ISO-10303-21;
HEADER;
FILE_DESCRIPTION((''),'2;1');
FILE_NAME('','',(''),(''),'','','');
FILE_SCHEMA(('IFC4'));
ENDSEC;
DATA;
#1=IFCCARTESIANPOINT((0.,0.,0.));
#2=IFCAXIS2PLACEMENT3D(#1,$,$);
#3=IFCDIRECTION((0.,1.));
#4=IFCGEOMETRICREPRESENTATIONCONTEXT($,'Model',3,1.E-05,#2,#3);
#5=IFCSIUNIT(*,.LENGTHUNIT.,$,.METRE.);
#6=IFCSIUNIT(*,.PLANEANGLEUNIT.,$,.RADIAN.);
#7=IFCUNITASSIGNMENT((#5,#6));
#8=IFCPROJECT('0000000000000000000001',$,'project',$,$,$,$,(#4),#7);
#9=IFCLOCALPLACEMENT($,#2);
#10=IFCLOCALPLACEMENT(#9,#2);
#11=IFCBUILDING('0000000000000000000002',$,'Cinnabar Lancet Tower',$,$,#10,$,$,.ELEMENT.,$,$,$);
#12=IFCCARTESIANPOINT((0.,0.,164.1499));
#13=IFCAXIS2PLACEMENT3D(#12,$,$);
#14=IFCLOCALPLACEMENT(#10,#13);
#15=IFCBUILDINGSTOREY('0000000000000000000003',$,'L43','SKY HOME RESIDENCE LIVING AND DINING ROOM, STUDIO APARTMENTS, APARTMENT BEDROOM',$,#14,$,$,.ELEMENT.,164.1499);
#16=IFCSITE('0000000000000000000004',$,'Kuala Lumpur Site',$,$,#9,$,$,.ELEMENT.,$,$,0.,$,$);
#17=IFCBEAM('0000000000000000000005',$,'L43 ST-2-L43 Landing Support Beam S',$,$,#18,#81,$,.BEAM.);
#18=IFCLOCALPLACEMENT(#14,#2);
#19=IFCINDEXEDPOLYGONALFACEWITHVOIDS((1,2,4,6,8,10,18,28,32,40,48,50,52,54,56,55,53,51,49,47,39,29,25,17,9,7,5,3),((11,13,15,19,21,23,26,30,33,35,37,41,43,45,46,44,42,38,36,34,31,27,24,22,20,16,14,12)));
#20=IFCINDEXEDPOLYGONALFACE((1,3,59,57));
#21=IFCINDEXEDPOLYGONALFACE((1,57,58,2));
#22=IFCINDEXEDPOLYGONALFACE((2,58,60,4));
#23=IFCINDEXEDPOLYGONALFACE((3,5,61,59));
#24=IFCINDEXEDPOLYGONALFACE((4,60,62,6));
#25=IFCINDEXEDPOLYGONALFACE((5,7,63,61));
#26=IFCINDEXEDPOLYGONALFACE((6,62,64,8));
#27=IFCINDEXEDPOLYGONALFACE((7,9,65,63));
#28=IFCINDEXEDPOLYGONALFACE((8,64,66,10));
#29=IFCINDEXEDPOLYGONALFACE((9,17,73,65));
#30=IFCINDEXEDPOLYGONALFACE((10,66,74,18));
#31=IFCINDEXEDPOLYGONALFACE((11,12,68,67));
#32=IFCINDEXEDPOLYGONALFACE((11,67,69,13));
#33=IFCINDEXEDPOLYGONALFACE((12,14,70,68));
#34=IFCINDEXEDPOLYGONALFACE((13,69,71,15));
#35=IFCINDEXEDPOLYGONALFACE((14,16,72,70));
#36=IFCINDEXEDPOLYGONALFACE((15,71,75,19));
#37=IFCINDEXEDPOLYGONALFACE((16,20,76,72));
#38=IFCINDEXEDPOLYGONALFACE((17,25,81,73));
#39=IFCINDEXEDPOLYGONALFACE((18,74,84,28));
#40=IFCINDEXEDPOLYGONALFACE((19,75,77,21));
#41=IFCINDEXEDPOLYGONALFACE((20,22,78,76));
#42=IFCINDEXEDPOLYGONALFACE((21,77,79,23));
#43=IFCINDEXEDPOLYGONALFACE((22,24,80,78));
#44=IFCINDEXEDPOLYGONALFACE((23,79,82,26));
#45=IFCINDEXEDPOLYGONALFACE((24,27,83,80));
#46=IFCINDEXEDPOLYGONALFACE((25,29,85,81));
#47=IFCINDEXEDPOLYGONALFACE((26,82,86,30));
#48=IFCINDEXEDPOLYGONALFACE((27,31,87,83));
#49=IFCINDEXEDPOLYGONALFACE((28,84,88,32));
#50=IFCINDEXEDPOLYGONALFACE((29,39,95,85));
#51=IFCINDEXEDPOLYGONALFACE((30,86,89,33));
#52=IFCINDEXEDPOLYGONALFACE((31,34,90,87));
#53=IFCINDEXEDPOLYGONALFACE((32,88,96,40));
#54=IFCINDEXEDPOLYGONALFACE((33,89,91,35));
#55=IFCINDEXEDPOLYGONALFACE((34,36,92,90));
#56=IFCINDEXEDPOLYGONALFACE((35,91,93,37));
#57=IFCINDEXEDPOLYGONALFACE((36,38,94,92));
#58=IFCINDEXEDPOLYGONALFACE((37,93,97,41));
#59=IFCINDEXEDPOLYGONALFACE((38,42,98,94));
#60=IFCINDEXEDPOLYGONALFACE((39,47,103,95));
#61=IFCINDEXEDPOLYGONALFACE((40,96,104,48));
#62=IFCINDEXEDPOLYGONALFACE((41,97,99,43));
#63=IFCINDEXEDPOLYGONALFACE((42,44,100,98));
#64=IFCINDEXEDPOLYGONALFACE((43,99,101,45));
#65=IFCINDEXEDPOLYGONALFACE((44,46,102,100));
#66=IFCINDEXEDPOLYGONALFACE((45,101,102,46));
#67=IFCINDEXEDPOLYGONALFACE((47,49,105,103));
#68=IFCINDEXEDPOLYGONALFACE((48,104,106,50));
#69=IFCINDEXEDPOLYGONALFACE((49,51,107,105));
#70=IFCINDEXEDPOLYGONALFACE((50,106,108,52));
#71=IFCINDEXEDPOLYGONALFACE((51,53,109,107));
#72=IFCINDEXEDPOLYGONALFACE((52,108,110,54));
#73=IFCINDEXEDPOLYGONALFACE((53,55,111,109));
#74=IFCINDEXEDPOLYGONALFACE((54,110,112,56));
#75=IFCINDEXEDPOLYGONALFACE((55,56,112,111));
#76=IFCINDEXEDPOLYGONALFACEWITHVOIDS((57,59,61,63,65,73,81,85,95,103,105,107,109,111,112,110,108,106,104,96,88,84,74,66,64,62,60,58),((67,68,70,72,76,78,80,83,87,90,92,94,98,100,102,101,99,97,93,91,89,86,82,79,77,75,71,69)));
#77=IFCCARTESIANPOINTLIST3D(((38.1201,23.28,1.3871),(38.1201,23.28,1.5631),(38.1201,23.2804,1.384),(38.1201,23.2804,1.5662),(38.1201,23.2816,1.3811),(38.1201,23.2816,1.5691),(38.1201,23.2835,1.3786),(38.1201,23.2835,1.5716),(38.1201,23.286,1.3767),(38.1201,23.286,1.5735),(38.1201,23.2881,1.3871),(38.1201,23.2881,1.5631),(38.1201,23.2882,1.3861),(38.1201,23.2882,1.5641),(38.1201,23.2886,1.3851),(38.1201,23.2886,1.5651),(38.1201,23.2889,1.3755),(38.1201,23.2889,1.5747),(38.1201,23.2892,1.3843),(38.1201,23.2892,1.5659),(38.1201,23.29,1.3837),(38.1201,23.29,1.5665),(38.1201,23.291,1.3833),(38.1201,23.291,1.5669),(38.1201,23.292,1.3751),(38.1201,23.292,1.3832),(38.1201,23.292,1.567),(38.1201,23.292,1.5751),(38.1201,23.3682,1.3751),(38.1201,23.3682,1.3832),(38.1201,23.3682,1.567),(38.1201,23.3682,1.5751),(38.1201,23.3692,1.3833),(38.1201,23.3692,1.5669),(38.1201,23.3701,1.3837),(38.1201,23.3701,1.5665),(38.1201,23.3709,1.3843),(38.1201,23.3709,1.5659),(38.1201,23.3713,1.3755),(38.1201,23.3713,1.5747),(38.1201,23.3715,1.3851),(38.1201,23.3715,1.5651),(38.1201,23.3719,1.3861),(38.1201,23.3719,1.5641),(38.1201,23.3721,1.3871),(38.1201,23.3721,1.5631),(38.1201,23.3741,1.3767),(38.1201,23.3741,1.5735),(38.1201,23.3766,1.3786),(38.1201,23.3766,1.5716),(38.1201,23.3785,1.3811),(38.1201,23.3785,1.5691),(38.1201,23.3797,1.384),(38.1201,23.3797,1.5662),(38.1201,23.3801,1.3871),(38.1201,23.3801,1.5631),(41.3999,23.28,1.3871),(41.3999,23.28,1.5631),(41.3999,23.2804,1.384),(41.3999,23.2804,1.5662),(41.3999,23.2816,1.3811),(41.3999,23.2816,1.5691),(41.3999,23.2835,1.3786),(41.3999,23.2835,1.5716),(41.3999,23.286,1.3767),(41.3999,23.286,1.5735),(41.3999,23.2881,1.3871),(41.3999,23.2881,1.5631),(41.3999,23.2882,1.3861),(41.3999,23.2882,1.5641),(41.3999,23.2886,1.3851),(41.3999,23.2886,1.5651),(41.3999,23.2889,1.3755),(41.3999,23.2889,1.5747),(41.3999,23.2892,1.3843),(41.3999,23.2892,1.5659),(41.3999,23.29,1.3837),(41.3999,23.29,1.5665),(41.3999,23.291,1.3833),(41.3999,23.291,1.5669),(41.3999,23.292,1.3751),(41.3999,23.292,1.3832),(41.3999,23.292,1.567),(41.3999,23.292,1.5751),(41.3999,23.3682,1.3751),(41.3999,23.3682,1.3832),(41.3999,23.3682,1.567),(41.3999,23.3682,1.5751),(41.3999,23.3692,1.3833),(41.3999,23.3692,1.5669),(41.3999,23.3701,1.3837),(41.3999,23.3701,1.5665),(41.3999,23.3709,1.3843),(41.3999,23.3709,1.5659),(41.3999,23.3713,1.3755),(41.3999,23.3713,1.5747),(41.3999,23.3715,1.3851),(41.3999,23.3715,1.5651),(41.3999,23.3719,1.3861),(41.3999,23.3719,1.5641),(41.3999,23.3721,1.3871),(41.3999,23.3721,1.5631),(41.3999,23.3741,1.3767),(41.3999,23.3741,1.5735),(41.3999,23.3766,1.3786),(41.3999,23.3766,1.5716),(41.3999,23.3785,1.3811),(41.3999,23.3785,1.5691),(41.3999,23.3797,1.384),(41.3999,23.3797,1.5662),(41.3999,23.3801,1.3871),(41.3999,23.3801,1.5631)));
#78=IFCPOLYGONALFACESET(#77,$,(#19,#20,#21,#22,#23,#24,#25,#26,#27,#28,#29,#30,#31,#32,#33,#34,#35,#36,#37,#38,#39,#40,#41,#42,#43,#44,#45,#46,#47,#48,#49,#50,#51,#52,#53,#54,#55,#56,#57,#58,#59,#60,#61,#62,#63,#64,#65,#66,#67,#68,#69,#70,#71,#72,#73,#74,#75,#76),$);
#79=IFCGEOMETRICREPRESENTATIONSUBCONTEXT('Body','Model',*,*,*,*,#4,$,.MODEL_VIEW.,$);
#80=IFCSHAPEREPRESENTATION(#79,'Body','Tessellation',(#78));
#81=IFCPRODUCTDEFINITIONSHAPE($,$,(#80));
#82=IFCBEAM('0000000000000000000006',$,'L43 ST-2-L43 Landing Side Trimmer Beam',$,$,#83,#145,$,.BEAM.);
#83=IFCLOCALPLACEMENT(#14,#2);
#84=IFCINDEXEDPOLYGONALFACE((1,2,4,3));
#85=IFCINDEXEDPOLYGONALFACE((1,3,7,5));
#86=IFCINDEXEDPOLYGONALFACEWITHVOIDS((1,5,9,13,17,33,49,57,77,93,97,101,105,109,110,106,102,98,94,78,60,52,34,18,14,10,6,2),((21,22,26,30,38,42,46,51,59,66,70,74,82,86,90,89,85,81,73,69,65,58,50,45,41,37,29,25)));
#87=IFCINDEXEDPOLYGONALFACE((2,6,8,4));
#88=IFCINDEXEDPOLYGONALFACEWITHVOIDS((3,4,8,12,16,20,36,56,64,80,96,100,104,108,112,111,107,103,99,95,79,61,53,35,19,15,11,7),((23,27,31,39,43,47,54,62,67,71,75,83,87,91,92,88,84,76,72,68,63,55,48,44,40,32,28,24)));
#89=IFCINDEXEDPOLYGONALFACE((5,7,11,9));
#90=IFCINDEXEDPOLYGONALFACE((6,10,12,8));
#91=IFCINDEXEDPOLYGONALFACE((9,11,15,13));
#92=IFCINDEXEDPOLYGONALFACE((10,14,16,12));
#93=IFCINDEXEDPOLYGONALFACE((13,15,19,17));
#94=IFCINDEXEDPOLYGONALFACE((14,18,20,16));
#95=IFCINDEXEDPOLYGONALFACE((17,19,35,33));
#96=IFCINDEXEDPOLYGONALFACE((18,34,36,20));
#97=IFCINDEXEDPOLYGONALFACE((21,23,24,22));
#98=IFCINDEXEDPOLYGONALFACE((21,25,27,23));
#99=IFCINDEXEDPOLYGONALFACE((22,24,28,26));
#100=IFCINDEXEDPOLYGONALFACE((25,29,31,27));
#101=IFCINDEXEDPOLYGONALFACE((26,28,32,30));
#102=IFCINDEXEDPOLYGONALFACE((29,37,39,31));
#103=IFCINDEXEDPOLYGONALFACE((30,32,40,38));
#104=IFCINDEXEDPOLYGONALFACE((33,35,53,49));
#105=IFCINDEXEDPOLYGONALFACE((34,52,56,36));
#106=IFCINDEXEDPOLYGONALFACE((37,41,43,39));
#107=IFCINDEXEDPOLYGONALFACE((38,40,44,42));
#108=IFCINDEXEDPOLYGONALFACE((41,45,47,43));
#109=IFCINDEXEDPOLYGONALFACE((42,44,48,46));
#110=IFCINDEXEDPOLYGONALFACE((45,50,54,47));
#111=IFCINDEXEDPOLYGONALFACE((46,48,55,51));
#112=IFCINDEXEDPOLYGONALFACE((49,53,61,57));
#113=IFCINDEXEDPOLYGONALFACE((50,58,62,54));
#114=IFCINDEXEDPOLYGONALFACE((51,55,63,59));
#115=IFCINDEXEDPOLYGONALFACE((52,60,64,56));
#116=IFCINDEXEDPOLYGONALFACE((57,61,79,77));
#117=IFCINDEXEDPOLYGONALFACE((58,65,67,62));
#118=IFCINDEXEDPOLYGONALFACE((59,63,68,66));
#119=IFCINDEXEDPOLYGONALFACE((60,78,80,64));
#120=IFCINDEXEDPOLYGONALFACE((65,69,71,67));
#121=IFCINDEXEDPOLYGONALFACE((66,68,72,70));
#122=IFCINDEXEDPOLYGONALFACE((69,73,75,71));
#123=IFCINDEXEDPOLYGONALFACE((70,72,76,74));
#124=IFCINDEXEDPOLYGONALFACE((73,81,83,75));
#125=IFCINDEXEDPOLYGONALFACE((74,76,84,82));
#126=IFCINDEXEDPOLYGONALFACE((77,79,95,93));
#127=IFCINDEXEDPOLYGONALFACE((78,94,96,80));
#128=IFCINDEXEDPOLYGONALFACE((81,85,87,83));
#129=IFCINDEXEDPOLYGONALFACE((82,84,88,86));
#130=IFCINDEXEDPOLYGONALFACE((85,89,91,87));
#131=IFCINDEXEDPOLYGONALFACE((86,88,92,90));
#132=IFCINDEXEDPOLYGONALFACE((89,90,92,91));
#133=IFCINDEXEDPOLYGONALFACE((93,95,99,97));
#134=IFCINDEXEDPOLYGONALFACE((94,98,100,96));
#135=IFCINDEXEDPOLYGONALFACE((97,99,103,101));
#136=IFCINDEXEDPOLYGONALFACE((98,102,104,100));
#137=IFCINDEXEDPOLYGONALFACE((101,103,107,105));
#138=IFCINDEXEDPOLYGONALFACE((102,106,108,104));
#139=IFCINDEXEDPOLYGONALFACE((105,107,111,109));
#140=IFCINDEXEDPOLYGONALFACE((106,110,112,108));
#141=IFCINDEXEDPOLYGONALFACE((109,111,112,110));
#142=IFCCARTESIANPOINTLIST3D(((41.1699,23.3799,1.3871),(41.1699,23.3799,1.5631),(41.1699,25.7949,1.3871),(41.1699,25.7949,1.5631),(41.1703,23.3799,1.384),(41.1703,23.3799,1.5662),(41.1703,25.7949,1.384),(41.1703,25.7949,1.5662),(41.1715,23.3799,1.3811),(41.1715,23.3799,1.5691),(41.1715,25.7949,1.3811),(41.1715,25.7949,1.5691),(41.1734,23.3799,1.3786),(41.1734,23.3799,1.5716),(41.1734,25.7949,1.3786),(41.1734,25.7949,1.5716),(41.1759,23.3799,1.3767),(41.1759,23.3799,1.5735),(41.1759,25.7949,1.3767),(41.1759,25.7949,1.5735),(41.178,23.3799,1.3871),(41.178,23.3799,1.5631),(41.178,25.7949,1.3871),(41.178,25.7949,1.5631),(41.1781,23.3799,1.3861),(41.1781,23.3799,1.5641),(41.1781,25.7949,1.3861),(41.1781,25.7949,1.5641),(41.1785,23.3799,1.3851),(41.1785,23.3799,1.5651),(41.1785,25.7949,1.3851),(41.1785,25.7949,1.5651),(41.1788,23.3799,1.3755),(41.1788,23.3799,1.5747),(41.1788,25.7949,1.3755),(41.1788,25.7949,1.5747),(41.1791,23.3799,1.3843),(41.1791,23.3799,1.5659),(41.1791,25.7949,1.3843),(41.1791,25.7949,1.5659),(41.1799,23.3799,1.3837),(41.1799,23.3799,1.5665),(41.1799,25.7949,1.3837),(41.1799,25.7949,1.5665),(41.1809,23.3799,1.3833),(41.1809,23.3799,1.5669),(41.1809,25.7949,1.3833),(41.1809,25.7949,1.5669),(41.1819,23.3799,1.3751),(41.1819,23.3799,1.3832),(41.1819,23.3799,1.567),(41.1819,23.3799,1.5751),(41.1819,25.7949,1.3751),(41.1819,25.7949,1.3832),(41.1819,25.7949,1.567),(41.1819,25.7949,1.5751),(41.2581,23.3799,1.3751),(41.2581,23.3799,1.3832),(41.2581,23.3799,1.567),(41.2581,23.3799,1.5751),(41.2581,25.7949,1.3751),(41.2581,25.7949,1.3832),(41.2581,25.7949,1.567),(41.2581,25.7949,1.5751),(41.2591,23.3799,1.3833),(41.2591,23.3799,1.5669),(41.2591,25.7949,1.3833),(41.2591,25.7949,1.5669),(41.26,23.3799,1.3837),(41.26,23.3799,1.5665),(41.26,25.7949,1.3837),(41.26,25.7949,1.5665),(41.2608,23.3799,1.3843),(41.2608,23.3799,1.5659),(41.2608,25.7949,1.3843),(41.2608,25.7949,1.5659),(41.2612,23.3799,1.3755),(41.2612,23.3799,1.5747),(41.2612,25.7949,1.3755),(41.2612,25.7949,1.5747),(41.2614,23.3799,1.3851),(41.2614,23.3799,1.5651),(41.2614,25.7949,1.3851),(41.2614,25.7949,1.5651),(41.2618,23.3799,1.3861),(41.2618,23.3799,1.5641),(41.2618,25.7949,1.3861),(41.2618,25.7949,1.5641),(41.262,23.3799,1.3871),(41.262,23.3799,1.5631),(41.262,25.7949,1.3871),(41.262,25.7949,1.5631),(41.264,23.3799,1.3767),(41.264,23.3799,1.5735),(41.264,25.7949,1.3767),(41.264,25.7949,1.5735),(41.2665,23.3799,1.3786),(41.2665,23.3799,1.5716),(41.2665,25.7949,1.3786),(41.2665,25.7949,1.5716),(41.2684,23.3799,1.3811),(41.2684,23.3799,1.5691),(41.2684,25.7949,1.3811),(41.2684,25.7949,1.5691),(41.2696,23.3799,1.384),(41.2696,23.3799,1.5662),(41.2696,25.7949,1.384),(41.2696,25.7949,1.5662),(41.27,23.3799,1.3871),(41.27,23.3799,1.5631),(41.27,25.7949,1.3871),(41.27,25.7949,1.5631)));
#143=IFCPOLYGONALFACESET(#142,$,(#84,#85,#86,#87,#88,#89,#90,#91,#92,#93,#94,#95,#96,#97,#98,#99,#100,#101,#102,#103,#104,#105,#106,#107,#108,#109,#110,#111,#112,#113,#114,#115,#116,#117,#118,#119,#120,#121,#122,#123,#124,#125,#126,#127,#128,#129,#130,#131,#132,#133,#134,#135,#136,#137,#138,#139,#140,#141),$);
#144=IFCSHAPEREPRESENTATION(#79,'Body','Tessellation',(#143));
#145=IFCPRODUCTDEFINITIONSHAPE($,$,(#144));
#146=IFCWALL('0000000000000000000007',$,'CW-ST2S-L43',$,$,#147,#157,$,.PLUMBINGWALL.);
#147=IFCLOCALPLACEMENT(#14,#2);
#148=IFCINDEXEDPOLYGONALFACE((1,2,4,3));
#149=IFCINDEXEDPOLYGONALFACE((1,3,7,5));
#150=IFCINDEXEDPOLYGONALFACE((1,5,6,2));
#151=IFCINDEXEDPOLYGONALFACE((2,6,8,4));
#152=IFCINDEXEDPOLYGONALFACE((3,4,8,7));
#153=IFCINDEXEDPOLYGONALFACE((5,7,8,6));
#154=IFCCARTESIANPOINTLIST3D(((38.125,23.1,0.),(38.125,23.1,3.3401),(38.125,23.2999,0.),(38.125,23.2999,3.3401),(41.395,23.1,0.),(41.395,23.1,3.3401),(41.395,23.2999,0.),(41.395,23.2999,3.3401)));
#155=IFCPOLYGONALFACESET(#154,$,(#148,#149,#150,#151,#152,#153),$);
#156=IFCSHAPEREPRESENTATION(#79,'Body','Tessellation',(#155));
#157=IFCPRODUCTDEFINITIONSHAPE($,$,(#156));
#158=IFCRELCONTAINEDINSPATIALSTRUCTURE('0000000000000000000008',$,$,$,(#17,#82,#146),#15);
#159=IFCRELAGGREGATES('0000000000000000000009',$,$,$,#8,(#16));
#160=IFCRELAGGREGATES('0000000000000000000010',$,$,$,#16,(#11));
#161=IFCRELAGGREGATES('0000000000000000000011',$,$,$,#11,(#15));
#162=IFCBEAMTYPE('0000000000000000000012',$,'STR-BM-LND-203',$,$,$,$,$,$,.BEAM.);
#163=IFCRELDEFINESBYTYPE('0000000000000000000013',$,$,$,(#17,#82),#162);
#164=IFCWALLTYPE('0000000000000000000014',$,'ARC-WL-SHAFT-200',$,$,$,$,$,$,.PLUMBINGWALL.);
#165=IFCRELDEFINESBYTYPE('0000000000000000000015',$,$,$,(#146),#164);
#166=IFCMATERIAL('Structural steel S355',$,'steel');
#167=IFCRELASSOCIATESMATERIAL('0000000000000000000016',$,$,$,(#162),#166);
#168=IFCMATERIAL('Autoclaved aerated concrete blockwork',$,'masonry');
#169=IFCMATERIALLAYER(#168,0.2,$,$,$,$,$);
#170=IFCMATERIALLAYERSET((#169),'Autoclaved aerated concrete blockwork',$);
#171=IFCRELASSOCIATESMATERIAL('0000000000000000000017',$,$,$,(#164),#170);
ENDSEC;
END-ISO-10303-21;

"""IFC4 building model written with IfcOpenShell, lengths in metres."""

from ifc_helpers import new_model, si_unit, direction, frame, frame_2d, origin, origin_2d, place, context, subcontext, project, spatial, rectangle, hollow_rectangle, extrude, material, layer, layer_set, material_profile, profile_set, type_object, element, save


model = new_model("IFC4")

# Units and contexts
model_context = context("Model", 3, precision=1e-05, world=origin(), true_north=direction((0.0, 1.0)))
body_context = subcontext(model_context, "Body", "Model", "MODEL_VIEW")
ifc_project = project(units=[si_unit("LENGTHUNIT", "METRE"), si_unit("PLANEANGLEUNIT", "RADIAN")], contexts=[model_context])

# Site, building, storey
site_placement = place(None, origin())
site = spatial("IfcSite", under=ifc_project, at=site_placement, Name="Kuala Lumpur Site", CompositionType="ELEMENT", RefElevation=0.0)
building_placement = place(site_placement, origin())
building = spatial("IfcBuilding", under=site, at=building_placement, Name="Cinnabar Lancet Tower", CompositionType="ELEMENT")
storey_placement = place(building_placement, frame((0.0, 0.0, 164.1499)))
storey = spatial("IfcBuildingStorey", under=building, at=storey_placement, Name="L43", Description="SKY HOME RESIDENCE LIVING AND DINING ROOM, STUDIO APARTMENTS, APARTMENT BEDROOM", CompositionType="ELEMENT", Elevation=164.1499)

# Beams
ifc_material_1 = material(Name="Structural steel S355", Category="steel")
ifc_material_profile_1 = material_profile(ifc_material_1, hollow_rectangle(XDim=0.1001, YDim=0.2, WallThickness=0.0081, InnerFilletRadius=0.0039, OuterFilletRadius=0.012, at=origin_2d()), Name="RHS 200x100x8")
ifc_profile_set_1 = profile_set([ifc_material_profile_1], Name="Structural steel S355")
beam_type_1 = type_object("IfcBeamType", Name="STR-BM-LND-203", PredefinedType="BEAM", material=ifc_profile_set_1)
beam_1_placement = place(storey_placement, frame((38.1201, 23.3301, 1.4751), z_axis=(1.0, 0.0, 0.0), x_axis=(0.0, 1.0, 0.0)))
element("IfcBeam", 1, at=beam_1_placement, inside=storey, type_object=beam_type_1, Name="L43 ST-2-L43 Landing Support Beam S", PredefinedType="BEAM", context=body_context, shape_type="SweptSolid", body=[
    extrude(hollow_rectangle(XDim=0.1001, YDim=0.2, WallThickness=0.0081, InnerFilletRadius=0.0039, OuterFilletRadius=0.012, at=origin_2d()), origin(), (0.0, 0.0, 1.0), 3.2798),
])
beam_2_placement = place(storey_placement, frame((41.22, 23.3799, 1.4751), z_axis=(0.0, 1.0, 0.0), x_axis=(-1.0, 0.0, 0.0)))
element("IfcBeam", 2, at=beam_2_placement, inside=storey, type_object=beam_type_1, Name="L43 ST-2-L43 Landing Side Trimmer Beam", PredefinedType="BEAM", context=body_context, shape_type="SweptSolid", body=[
    extrude(hollow_rectangle(XDim=0.1001, YDim=0.2, WallThickness=0.0081, InnerFilletRadius=0.0039, OuterFilletRadius=0.012, at=origin_2d()), origin(), (0.0, 0.0, 1.0), 2.415),
])

# Wall
ifc_material_2 = material(Name="Autoclaved aerated concrete blockwork", Category="masonry")
ifc_layer_1 = layer(ifc_material_2, 0.2)
ifc_layer_set_1 = layer_set([ifc_layer_1], Name="Autoclaved aerated concrete blockwork")
wall_type_1 = type_object("IfcWallType", Name="ARC-WL-SHAFT-200", PredefinedType="PLUMBINGWALL", material=ifc_layer_set_1)
wall_1_placement = place(storey_placement, frame((38.125, 23.2, 0.0), z_axis=(0.0, 0.0, 1.0), x_axis=(1.0, 0.0, 0.0)))
element("IfcWall", 3, at=wall_1_placement, inside=storey, type_object=wall_type_1, Name="CW-ST2S-L43", PredefinedType="PLUMBINGWALL", context=body_context, shape_type="SweptSolid", body=[
    extrude(rectangle(XDim=3.27, YDim=0.2, at=frame_2d((1.635, 0.0))), origin(), (0.0, 0.0, 1.0), 3.3401),
])

save(model, "model.ifc")
